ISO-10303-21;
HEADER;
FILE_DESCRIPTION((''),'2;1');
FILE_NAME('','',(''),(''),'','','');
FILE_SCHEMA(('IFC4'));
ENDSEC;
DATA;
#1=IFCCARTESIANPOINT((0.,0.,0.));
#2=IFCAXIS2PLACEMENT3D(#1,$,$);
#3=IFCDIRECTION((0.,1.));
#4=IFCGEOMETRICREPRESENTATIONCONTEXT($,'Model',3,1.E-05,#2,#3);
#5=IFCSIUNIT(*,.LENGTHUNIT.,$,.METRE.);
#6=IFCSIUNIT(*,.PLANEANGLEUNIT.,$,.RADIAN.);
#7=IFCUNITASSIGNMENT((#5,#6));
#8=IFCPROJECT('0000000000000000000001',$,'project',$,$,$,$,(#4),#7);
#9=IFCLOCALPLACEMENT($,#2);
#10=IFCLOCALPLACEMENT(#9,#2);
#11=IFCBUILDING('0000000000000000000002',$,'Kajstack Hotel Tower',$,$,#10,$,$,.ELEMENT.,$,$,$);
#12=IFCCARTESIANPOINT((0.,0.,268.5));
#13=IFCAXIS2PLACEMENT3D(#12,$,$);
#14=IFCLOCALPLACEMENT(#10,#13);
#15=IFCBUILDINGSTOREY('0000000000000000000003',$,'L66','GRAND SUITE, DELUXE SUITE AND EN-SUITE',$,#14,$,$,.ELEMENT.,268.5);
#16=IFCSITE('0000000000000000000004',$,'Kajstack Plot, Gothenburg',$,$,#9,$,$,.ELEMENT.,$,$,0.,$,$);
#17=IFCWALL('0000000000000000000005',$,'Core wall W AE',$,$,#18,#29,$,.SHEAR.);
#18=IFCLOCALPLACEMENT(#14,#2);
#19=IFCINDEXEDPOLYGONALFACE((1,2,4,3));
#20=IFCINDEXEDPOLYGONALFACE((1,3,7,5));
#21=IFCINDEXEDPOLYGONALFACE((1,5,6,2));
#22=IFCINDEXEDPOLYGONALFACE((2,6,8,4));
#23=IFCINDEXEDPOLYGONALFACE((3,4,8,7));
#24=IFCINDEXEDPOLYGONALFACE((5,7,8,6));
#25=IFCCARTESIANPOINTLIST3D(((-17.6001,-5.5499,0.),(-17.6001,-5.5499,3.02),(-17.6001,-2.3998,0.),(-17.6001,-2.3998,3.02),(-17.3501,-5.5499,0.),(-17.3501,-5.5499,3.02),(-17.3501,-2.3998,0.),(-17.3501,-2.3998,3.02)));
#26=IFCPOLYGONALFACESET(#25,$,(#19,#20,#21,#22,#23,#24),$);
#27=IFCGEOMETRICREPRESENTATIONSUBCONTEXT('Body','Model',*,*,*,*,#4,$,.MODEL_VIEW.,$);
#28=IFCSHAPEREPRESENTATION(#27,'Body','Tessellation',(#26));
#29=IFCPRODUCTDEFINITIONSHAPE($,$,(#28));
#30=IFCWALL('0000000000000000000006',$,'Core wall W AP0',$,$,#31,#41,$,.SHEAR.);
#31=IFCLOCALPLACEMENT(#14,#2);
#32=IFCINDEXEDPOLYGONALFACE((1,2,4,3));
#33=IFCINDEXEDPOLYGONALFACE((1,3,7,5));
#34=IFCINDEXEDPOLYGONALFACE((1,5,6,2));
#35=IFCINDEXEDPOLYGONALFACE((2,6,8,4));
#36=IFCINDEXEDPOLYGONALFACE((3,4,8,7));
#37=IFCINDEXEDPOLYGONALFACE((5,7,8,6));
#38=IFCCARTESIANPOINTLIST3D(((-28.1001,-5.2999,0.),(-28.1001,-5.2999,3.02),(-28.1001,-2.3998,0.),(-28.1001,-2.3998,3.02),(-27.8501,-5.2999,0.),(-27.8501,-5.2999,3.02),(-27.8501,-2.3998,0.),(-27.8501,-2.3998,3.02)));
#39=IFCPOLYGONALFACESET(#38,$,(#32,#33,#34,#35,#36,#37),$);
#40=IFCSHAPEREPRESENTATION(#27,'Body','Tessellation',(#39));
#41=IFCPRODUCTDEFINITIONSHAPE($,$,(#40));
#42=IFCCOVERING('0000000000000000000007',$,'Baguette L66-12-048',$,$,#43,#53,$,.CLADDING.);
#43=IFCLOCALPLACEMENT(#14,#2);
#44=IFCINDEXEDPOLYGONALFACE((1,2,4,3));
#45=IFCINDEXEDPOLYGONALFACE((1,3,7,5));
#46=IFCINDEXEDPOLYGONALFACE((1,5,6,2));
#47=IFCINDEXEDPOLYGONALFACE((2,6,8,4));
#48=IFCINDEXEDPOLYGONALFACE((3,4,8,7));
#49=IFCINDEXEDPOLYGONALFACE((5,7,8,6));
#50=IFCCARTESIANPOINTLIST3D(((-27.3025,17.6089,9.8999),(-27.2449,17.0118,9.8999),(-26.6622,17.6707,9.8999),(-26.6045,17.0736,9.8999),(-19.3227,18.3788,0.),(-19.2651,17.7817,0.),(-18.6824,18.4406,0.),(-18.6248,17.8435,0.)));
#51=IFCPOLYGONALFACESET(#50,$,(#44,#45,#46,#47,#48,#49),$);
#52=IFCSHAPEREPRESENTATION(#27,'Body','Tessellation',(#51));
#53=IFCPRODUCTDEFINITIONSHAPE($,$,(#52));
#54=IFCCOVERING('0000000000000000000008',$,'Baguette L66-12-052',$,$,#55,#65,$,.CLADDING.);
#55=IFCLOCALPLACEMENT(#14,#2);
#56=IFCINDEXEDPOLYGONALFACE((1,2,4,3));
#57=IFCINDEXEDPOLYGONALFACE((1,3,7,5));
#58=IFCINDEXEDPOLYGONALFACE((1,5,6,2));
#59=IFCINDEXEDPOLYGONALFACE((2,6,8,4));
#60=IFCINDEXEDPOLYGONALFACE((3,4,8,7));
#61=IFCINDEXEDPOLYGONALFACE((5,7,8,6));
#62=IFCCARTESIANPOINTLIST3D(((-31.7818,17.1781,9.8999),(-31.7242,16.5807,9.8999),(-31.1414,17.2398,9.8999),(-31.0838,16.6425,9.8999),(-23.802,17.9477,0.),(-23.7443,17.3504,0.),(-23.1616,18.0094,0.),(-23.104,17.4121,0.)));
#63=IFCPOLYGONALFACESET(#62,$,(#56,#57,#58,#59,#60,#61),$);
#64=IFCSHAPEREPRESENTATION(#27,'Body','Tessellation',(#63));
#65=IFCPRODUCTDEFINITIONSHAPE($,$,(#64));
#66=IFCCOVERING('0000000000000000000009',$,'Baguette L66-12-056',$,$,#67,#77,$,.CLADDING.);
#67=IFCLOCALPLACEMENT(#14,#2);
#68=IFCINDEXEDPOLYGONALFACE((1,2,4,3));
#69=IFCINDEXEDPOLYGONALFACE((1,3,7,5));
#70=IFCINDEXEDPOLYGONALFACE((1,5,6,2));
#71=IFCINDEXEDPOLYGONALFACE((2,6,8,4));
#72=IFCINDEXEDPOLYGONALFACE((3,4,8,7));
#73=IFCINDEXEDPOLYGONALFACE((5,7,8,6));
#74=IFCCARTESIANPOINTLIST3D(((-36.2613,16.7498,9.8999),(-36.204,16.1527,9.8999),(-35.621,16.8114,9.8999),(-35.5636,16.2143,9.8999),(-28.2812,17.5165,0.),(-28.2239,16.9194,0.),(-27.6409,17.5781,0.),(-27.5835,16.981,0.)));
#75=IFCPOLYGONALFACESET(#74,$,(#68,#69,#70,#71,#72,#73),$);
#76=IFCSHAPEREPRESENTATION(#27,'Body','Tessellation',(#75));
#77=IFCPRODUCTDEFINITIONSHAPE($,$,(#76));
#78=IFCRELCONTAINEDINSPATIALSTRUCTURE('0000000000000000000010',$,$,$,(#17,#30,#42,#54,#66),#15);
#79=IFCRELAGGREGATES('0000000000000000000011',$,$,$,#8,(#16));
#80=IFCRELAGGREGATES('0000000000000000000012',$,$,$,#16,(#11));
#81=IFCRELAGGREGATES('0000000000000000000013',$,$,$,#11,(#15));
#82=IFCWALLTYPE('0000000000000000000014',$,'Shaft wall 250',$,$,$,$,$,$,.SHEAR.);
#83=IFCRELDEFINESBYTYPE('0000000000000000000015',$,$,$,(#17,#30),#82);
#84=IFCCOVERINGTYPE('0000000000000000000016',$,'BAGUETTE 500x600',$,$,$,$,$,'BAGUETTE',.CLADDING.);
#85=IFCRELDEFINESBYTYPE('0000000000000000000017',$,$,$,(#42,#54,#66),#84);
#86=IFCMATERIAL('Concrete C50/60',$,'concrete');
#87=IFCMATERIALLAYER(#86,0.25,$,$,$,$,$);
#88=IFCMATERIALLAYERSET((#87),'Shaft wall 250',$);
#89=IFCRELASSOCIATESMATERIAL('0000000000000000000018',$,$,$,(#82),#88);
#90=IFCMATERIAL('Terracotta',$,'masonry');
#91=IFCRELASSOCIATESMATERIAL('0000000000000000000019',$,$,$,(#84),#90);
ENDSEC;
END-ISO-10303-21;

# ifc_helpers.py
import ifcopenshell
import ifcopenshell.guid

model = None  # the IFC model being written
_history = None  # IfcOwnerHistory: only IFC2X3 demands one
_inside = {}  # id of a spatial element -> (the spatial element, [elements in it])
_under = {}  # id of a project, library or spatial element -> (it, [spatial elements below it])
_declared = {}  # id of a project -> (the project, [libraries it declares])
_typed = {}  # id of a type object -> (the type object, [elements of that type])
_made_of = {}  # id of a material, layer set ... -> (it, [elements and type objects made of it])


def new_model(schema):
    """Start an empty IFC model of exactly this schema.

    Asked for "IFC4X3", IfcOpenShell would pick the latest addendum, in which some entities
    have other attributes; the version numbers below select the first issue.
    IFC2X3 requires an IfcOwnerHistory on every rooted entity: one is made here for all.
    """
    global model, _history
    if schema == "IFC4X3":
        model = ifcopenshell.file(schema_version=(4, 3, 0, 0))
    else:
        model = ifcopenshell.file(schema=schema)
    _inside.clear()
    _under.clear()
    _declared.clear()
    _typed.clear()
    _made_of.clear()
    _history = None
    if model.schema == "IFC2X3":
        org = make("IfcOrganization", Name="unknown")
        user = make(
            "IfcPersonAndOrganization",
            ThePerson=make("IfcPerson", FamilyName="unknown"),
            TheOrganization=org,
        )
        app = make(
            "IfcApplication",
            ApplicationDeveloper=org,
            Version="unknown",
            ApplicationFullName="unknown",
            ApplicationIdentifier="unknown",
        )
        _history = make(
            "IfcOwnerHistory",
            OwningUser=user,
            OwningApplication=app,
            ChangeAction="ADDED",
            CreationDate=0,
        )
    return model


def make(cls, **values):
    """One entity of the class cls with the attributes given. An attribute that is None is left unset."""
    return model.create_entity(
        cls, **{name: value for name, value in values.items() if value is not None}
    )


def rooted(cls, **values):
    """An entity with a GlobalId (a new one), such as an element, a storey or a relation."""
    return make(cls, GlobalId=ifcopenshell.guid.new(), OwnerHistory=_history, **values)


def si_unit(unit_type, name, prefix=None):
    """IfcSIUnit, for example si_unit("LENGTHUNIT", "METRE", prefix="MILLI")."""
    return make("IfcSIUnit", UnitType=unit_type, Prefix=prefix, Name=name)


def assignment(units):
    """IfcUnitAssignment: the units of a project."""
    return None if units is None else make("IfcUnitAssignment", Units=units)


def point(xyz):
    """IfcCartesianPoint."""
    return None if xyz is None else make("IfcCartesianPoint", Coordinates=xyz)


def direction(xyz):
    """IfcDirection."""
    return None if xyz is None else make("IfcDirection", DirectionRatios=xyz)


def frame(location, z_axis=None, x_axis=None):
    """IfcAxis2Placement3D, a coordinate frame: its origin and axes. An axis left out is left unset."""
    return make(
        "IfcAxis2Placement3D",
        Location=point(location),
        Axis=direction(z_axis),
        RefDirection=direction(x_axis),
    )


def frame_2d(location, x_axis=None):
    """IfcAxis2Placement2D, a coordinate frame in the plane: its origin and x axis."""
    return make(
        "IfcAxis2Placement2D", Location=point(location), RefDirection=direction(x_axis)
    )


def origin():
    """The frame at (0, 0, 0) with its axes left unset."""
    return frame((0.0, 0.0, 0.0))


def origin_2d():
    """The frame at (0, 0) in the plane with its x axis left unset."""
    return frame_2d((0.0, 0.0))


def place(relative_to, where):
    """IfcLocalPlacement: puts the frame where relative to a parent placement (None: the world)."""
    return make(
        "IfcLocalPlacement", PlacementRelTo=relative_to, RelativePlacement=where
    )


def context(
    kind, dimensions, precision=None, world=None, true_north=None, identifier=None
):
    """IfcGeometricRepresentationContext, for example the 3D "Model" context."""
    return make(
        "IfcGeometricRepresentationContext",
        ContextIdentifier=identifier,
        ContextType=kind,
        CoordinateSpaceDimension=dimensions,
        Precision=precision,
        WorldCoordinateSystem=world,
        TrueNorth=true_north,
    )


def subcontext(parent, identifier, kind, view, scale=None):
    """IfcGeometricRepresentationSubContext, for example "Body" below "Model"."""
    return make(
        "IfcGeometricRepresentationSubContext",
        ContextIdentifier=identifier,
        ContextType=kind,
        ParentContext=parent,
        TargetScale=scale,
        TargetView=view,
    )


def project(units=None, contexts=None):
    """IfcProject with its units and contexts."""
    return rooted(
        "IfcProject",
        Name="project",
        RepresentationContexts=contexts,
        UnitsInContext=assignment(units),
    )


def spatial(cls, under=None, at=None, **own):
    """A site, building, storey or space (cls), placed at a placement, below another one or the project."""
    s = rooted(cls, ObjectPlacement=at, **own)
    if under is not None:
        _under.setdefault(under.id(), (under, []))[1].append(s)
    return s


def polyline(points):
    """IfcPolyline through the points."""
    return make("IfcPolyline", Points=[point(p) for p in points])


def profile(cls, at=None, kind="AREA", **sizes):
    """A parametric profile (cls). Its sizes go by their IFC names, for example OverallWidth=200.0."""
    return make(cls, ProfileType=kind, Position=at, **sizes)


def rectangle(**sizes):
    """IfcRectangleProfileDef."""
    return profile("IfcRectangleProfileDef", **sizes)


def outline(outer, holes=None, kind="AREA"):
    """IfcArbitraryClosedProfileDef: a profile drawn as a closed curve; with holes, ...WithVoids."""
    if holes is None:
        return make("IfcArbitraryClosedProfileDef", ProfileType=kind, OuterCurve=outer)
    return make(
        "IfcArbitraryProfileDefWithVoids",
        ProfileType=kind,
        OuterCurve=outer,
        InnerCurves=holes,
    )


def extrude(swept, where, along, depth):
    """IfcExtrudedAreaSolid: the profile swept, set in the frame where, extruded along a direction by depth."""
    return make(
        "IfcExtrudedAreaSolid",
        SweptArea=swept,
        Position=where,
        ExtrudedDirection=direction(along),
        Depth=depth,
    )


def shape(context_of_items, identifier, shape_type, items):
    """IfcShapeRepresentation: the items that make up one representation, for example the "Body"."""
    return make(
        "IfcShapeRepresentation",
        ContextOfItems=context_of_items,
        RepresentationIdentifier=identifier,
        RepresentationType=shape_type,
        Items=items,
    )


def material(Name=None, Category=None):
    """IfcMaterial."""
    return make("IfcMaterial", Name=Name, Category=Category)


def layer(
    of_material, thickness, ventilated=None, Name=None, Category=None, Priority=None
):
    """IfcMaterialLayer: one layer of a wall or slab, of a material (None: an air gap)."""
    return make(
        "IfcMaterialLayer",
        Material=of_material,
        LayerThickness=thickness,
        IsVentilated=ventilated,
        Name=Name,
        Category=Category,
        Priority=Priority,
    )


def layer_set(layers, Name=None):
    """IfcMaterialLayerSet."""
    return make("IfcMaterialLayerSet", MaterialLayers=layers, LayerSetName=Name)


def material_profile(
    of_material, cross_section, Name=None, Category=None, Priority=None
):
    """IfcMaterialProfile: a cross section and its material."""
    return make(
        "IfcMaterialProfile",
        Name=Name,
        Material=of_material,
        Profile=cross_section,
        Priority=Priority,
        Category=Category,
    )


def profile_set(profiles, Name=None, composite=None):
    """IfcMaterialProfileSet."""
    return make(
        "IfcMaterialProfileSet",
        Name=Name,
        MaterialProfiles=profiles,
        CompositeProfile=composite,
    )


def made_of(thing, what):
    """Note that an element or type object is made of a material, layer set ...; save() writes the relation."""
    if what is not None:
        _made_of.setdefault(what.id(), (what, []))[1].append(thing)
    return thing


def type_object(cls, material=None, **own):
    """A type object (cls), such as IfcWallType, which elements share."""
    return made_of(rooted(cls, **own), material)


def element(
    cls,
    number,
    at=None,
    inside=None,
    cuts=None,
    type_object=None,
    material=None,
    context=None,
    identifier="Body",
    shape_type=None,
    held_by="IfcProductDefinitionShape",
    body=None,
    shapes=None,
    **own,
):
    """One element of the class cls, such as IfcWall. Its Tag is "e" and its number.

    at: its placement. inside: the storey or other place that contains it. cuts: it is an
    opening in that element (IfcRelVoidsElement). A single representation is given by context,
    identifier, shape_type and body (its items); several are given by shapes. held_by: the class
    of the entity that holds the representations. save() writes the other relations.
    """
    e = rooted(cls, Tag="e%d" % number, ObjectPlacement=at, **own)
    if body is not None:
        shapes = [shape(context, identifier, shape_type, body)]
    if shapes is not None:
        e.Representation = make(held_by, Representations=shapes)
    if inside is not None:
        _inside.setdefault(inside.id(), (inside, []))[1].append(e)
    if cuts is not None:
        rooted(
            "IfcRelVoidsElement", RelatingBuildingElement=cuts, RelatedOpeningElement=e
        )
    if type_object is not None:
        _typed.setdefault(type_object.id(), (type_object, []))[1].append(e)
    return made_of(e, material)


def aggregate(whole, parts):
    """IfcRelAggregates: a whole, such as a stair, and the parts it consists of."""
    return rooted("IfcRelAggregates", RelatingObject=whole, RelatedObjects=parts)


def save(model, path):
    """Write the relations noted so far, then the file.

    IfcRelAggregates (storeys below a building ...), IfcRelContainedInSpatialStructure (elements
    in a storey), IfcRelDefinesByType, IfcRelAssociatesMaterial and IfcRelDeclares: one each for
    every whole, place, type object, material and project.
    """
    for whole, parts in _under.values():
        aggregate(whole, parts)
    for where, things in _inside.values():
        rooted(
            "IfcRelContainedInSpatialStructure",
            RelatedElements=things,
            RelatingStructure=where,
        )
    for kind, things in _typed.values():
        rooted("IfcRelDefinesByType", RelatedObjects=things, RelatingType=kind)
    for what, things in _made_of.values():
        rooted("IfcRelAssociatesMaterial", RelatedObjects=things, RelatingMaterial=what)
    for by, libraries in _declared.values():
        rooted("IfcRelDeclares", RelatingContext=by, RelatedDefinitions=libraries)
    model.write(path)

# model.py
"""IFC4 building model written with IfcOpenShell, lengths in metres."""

from ifc_helpers import new_model, si_unit, direction, frame, frame_2d, origin, origin_2d, place, context, subcontext, project, spatial, polyline, rectangle, outline, extrude, material, layer, layer_set, material_profile, profile_set, type_object, element, save


model = new_model("IFC4")

# Units and contexts
model_context = context("Model", 3, precision=1e-05, world=origin(), true_north=direction((0.0, 1.0)))
body_context = subcontext(model_context, "Body", "Model", "MODEL_VIEW")
ifc_project = project(units=[si_unit("LENGTHUNIT", "METRE"), si_unit("PLANEANGLEUNIT", "RADIAN")], contexts=[model_context])

# Site, building, storey
site_placement = place(None, origin())
site = spatial("IfcSite", under=ifc_project, at=site_placement, Name="Kajstack Plot, Gothenburg", CompositionType="ELEMENT", RefElevation=0.0)
building_placement = place(site_placement, origin())
building = spatial("IfcBuilding", under=site, at=building_placement, Name="Kajstack Hotel Tower", CompositionType="ELEMENT")
storey_placement = place(building_placement, frame((0.0, 0.0, 268.5)))
storey = spatial("IfcBuildingStorey", under=building, at=storey_placement, Name="L66", Description="GRAND SUITE, DELUXE SUITE AND EN-SUITE", CompositionType="ELEMENT", Elevation=268.5)

# Shared definitions
ifc_material_1 = material(Name="Concrete C50/60", Category="concrete")

# Shared definitions
ifc_layer_1 = layer(ifc_material_1, 0.25)
ifc_layer_set_1 = layer_set([ifc_layer_1], Name="Shaft wall 250")
wall_type_1 = type_object("IfcWallType", Name="Shaft wall 250", PredefinedType="SHEAR", material=ifc_layer_set_1)

# Walls
wall_1_placement = place(storey_placement, frame((-17.4751, -5.55, 0.0), z_axis=(0.0, 0.0, 1.0), x_axis=(0.0, 1.0, 0.0)))
element("IfcWall", 1, at=wall_1_placement, inside=storey, type_object=wall_type_1, Name="Core wall W AE", PredefinedType="SHEAR", context=body_context, shape_type="SweptSolid", body=[
    extrude(rectangle(XDim=3.1501, YDim=0.25, at=frame_2d((1.5752, 0.0))), origin(), (0.0, 0.0, 1.0), 3.02),
])
wall_2_placement = place(storey_placement, frame((-27.9751, -5.3, 0.0), z_axis=(0.0, 0.0, 1.0), x_axis=(0.0, 1.0, 0.0)))
element("IfcWall", 2, at=wall_2_placement, inside=storey, type_object=wall_type_1, Name="Core wall W AP0", PredefinedType="SHEAR", context=body_context, shape_type="SweptSolid", body=[
    extrude(rectangle(XDim=2.9001, YDim=0.25, at=frame_2d((1.4502, 0.0))), origin(), (0.0, 0.0, 1.0), 3.02),
])

# Coverings
ifc_material_2 = material(Name="Terracotta", Category="masonry")
ifc_material_profile = material_profile(ifc_material_2, rectangle(XDim=0.6001, YDim=0.5, at=origin_2d()), Name="Terracotta-clad concrete baguette 500 x 600")
ifc_profile_set = profile_set([ifc_material_profile], Name="Terracotta")
covering_type = type_object("IfcCoveringType", Name="BAGUETTE 500x600", ElementType="BAGUETTE", PredefinedType="CLADDING", material=ifc_profile_set)
covering_1_placement = place(storey_placement, frame((-18.6248, 17.8435, 0.0), z_axis=(-0.096038, 0.995378, 0.0), x_axis=(-0.995378, -0.096038, 0.0)))
element("IfcCovering", 3, at=covering_1_placement, inside=storey, type_object=covering_type, Name="Baguette L66-12-048", PredefinedType="CLADDING", context=body_context, shape_type="SweptSolid", body=[
    extrude(outline(polyline([(8.0168, 9.8999), (0.0, 0.0), (0.6433, 0.0), (8.6602, 9.8999), (8.0168, 9.8999)])), origin(), (0.0, 0.0, 1.0), 0.5999),
])
covering_2_placement = place(storey_placement, frame((-23.104, 17.4121, 0.0), z_axis=(-0.095999, 0.995381, 0.0), x_axis=(-0.995381, -0.095999, 0.0)))
element("IfcCovering", 4, at=covering_2_placement, inside=storey, type_object=covering_type, Name="Baguette L66-12-052", PredefinedType="CLADDING", context=body_context, shape_type="SweptSolid", body=[
    extrude(outline(polyline([(8.0168, 9.8999), (0.0, 0.0), (0.6433, 0.0), (8.6602, 9.8999), (8.0168, 9.8999)])), origin(), (0.0, 0.0, 1.0), 0.6001),
])
covering_3_placement = place(storey_placement, frame((-27.5835, 16.981, 0.0), z_axis=(-0.095635, 0.995416, 0.0), x_axis=(-0.995416, -0.095635, 0.0)))
element("IfcCovering", 5, at=covering_3_placement, inside=storey, type_object=covering_type, Name="Baguette L66-12-056", PredefinedType="CLADDING", context=body_context, shape_type="SweptSolid", body=[
    extrude(outline(polyline([(8.0168, 9.8999), (0.0, 0.0), (0.6433, 0.0), (8.6602, 9.8999), (8.0168, 9.8999)])), origin(), (0.0, 0.0, 1.0), 0.5999),
])

save(model, "model.ifc")
